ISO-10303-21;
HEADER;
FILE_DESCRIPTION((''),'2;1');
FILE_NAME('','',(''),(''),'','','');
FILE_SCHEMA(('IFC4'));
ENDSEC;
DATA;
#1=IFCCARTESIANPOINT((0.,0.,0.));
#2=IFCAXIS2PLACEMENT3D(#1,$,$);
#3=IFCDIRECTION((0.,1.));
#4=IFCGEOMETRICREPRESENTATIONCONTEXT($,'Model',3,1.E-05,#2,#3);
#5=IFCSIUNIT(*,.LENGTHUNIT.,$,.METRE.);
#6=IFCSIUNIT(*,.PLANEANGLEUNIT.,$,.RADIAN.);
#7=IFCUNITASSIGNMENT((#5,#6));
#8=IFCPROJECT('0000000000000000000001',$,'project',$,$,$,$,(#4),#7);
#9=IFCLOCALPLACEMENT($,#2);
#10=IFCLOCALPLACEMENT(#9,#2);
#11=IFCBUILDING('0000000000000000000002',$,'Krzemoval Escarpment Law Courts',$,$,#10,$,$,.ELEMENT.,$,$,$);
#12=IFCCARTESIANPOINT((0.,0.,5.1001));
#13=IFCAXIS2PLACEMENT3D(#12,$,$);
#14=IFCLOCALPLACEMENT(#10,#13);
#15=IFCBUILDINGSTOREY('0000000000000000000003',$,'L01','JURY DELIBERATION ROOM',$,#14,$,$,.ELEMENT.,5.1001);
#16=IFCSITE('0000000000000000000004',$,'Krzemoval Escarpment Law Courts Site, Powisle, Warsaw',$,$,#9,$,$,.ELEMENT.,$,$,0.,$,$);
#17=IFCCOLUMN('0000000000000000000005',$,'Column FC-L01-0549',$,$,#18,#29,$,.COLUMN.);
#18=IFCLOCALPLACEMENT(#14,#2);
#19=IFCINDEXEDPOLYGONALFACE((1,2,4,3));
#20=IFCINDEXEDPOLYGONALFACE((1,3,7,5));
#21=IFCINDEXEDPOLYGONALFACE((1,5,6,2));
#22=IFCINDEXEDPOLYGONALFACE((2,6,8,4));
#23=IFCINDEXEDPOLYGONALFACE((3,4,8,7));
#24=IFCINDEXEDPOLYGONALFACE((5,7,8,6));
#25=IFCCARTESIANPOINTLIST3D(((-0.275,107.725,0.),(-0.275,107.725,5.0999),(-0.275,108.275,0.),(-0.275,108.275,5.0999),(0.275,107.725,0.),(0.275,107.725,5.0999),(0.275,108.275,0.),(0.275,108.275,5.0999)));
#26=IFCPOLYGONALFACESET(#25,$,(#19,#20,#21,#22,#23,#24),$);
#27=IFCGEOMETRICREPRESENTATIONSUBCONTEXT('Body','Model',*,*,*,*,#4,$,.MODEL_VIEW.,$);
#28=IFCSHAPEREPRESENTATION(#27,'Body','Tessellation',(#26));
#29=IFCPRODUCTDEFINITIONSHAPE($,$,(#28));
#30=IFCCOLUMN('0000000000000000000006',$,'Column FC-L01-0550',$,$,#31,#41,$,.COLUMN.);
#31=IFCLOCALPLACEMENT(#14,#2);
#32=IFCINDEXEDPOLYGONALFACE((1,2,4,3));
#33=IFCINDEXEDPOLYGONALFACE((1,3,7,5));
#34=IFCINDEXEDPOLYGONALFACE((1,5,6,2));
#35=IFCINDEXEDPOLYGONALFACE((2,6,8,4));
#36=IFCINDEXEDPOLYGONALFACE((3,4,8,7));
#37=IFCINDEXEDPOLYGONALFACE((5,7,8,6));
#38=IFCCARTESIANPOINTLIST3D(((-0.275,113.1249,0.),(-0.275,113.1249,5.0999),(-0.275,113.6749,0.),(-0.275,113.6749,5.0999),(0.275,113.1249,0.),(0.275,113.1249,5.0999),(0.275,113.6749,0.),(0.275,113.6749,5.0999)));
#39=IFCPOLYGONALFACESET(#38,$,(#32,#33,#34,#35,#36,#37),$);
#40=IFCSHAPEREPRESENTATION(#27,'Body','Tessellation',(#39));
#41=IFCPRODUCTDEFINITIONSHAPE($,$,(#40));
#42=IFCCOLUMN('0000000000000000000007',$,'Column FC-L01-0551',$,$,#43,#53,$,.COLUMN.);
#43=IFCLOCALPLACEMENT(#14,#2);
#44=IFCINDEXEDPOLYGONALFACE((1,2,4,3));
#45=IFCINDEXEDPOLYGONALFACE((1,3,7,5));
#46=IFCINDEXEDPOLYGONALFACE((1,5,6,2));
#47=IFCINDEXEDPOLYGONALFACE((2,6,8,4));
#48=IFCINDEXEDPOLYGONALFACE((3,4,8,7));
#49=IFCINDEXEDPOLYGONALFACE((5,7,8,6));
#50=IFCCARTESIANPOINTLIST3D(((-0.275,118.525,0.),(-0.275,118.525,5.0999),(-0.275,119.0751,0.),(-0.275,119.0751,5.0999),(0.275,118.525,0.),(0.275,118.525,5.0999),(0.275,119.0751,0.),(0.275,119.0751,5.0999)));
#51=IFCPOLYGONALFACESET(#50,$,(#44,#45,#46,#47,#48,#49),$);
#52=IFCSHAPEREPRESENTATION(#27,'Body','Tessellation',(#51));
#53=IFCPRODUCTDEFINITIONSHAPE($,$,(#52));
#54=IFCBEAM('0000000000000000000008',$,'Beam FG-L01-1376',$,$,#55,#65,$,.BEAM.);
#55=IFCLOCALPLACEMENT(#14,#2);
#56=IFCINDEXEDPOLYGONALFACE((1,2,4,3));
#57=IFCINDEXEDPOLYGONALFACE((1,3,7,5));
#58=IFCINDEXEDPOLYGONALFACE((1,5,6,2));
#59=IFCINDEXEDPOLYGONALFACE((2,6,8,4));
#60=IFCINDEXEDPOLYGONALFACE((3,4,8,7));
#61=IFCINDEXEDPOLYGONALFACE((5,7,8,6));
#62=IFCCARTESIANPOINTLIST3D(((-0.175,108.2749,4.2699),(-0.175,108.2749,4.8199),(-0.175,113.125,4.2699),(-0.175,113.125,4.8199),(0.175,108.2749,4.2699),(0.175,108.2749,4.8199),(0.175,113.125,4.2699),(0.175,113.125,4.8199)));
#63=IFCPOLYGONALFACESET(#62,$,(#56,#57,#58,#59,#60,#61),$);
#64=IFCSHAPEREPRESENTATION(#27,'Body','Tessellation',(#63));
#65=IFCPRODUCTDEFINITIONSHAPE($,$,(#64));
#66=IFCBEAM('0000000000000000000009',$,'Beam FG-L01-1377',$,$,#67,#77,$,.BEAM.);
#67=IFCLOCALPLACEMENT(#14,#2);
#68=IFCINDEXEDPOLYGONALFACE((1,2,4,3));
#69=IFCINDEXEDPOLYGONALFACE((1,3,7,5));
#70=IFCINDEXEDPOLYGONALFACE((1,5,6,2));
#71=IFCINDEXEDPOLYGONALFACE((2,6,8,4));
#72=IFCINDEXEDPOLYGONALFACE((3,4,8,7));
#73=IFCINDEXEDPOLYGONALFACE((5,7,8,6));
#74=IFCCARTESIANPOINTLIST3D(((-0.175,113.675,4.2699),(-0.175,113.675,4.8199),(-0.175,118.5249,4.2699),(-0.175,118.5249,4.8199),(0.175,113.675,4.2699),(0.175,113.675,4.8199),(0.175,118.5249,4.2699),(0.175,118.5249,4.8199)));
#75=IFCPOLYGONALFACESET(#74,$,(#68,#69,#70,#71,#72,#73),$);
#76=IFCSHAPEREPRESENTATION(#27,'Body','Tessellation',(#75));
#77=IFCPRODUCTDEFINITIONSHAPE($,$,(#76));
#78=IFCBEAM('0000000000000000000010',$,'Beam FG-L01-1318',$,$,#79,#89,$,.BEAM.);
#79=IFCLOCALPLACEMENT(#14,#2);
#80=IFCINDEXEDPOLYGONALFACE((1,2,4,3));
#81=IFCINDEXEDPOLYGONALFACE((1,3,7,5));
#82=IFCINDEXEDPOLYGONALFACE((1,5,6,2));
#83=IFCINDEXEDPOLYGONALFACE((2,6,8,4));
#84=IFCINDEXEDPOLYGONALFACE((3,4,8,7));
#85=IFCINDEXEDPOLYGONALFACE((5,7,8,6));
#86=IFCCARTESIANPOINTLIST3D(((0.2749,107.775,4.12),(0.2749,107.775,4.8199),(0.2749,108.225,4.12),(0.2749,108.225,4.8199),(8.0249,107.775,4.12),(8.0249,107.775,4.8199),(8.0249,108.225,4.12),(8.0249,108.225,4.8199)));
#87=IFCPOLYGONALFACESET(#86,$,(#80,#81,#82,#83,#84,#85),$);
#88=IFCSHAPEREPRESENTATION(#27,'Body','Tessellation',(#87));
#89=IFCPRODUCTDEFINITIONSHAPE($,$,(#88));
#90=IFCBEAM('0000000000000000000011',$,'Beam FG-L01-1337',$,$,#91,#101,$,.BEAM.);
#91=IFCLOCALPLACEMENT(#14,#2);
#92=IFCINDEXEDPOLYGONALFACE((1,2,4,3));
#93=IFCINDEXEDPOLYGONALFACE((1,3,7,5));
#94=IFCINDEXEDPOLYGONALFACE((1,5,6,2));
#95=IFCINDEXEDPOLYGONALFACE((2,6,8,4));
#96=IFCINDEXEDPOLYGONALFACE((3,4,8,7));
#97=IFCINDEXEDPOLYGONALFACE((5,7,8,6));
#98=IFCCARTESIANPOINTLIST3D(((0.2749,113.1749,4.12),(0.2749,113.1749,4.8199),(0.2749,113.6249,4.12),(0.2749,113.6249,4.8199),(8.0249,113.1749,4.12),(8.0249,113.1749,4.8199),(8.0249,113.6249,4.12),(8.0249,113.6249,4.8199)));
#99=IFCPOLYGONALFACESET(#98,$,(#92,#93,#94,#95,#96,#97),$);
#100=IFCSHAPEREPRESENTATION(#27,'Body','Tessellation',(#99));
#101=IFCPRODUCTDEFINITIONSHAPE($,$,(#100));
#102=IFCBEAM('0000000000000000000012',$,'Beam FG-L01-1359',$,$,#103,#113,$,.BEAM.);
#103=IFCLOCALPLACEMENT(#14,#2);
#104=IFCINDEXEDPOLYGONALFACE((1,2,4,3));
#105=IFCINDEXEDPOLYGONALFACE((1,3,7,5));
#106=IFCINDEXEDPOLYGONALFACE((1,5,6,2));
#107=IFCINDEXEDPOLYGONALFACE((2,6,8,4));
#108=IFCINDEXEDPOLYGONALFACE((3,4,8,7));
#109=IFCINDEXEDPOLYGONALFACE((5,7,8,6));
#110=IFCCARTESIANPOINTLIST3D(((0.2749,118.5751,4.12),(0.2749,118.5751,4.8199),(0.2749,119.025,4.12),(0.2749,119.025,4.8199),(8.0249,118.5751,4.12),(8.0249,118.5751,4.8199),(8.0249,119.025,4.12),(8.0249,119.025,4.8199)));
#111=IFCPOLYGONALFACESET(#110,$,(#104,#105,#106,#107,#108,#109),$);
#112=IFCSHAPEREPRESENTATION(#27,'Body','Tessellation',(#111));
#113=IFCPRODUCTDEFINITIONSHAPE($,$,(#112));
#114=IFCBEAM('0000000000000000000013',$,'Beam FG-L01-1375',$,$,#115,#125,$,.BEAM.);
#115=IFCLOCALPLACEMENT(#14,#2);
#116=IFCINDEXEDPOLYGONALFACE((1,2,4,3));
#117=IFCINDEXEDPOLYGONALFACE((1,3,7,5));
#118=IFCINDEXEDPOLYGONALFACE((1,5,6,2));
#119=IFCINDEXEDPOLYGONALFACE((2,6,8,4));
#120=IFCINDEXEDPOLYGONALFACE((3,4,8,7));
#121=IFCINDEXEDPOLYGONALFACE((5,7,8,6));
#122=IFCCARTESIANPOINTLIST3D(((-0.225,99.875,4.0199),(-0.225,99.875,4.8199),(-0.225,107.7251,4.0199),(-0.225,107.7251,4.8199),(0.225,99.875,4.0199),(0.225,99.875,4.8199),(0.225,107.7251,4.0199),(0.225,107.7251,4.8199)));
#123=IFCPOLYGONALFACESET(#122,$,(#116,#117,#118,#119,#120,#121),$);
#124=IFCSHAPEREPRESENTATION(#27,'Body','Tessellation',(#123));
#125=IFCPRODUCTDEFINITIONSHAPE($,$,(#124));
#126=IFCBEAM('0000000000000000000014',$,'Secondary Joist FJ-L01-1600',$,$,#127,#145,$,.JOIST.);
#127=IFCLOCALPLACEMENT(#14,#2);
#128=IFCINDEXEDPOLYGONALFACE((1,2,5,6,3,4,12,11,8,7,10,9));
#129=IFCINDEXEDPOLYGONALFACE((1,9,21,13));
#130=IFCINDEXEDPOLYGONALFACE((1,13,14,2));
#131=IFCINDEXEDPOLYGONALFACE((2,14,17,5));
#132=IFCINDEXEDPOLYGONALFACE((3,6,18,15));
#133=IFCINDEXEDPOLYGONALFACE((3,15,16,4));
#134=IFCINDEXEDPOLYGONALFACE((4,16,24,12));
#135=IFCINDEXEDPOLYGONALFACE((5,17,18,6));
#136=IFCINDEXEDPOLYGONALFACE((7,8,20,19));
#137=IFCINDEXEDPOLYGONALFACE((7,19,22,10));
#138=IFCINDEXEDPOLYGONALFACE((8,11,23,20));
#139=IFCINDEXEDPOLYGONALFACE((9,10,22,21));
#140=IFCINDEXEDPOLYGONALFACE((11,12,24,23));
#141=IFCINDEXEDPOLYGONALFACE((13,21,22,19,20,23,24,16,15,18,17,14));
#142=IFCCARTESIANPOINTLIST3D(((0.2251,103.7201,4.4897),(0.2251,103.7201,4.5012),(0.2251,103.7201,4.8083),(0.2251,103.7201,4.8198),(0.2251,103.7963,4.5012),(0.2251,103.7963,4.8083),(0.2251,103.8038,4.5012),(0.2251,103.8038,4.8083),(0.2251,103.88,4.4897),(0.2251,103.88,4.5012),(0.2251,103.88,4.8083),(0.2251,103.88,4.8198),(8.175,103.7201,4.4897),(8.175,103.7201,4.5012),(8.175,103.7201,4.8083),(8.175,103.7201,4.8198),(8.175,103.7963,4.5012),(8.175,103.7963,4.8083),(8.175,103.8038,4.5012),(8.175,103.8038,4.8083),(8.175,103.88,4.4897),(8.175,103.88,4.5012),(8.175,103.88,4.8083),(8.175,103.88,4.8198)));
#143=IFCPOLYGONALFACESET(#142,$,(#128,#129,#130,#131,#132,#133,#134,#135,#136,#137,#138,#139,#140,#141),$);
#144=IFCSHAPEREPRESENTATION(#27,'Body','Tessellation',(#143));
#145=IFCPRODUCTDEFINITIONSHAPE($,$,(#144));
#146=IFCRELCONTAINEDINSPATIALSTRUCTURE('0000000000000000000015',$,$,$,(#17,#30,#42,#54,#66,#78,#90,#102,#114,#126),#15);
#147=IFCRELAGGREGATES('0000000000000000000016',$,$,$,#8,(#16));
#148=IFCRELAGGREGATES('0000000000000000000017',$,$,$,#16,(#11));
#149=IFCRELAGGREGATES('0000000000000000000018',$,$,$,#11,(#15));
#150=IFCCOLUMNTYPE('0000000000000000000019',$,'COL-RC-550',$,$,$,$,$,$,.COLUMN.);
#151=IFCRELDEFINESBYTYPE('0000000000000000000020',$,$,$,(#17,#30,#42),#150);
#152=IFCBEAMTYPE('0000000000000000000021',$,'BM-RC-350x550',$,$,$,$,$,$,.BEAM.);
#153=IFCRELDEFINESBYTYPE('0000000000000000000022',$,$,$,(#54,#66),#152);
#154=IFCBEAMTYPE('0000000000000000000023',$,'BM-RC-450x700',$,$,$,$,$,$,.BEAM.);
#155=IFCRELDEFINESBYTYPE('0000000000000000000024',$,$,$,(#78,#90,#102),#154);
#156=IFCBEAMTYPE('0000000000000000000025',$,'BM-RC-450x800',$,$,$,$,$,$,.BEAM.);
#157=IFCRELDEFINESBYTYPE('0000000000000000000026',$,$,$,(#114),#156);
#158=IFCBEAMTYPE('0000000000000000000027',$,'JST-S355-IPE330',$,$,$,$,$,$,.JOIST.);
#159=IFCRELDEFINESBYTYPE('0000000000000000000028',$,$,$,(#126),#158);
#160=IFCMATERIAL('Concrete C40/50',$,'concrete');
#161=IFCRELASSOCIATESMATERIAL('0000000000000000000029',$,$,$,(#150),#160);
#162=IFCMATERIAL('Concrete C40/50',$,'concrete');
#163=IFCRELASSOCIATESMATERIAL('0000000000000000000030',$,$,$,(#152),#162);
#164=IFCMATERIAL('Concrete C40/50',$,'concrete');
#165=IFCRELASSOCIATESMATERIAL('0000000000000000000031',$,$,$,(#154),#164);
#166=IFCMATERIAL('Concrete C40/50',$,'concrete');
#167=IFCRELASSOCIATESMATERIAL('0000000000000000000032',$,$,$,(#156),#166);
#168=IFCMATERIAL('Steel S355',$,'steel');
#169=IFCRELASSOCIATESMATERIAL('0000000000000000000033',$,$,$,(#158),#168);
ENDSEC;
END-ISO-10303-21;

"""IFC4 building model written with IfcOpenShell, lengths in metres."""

from ifc_helpers import new_model, si_unit, direction, frame, origin, origin_2d, place, context, subcontext, project, spatial, rectangle, i_section, extrude, material, material_profile, profile_set, type_object, element, save


model = new_model("IFC4")

# Units and contexts
model_context = context("Model", 3, precision=1e-05, world=origin(), true_north=direction((0.0, 1.0)))
body_context = subcontext(model_context, "Body", "Model", "MODEL_VIEW")
ifc_project = project(units=[si_unit("LENGTHUNIT", "METRE"), si_unit("PLANEANGLEUNIT", "RADIAN")], contexts=[model_context])

# Site, building, storey
site_placement = place(None, origin())
site = spatial("IfcSite", under=ifc_project, at=site_placement, Name="Krzemoval Escarpment Law Courts Site, Powisle, Warsaw", CompositionType="ELEMENT", RefElevation=0.0)
building_placement = place(site_placement, origin())
building = spatial("IfcBuilding", under=site, at=building_placement, Name="Krzemoval Escarpment Law Courts", CompositionType="ELEMENT")
storey_placement = place(building_placement, frame((0.0, 0.0, 5.1001)))
storey = spatial("IfcBuildingStorey", under=building, at=storey_placement, Name="L01", Description="JURY DELIBERATION ROOM", CompositionType="ELEMENT", Elevation=5.1001)

# Columns
ifc_material_1 = material(Name="Concrete C40/50", Category="concrete")
ifc_material_profile_1 = material_profile(ifc_material_1, rectangle(XDim=0.55, YDim=0.55, at=origin_2d()), Name="RC 550x550")
ifc_profile_set_1 = profile_set([ifc_material_profile_1], Name="Concrete C40/50")
column_type = type_object("IfcColumnType", Name="COL-RC-550", PredefinedType="COLUMN", material=ifc_profile_set_1)
for number, where, z_axis, x_axis, name in (
    (1, (0.0, 108.0, 0.0), (0.0, 0.0, 1.0), (1.0, 0.0, 0.0), "Column FC-L01-0549"),
    (2, (0.0, 113.3999, 0.0), (0.0, 0.0, 1.0), (1.0, 0.0, 0.0), "Column FC-L01-0550"),
    (3, (0.0, 118.8, 0.0), (0.0, 0.0, 1.0), (1.0, 0.0, 0.0), "Column FC-L01-0551"),
):
    element("IfcColumn", number, at=place(storey_placement, frame(where, z_axis=z_axis, x_axis=x_axis)), inside=storey, type_object=column_type, Name=name, PredefinedType="COLUMN", context=body_context, shape_type="SweptSolid", body=[
        extrude(rectangle(XDim=0.55, YDim=0.55, at=origin_2d()), origin(), (0.0, 0.0, 1.0), 5.0999),
    ])

# Beams
ifc_material_2 = material(Name="Concrete C40/50", Category="concrete")
ifc_material_profile_2 = material_profile(ifc_material_2, rectangle(XDim=0.3501, YDim=0.55, at=origin_2d()), Name="RCB 350x550")
ifc_profile_set_2 = profile_set([ifc_material_profile_2], Name="Concrete C40/50")
beam_type_1 = type_object("IfcBeamType", Name="BM-RC-350x550", PredefinedType="BEAM", material=ifc_profile_set_2)
beam_1_placement = place(storey_placement, frame((0.0, 108.2749, 4.5449), z_axis=(0.0, 1.0, 0.0), x_axis=(-1.0, 0.0, 0.0)))
element("IfcBeam", 4, at=beam_1_placement, inside=storey, type_object=beam_type_1, Name="Beam FG-L01-1376", PredefinedType="BEAM", context=body_context, shape_type="SweptSolid", body=[
    extrude(rectangle(XDim=0.3501, YDim=0.55, at=origin_2d()), origin(), (0.0, 0.0, 1.0), 4.8501),
])
beam_2_placement = place(storey_placement, frame((0.0, 113.675, 4.5449), z_axis=(0.0, 1.0, 0.0), x_axis=(-1.0, 0.0, 0.0)))
element("IfcBeam", 5, at=beam_2_placement, inside=storey, type_object=beam_type_1, Name="Beam FG-L01-1377", PredefinedType="BEAM", context=body_context, shape_type="SweptSolid", body=[
    extrude(rectangle(XDim=0.3501, YDim=0.55, at=origin_2d()), origin(), (0.0, 0.0, 1.0), 4.8499),
])
ifc_material_3 = material(Name="Concrete C40/50", Category="concrete")
ifc_material_profile_3 = material_profile(ifc_material_3, rectangle(XDim=0.45, YDim=0.7, at=origin_2d()), Name="RCB 450x700")
ifc_profile_set_3 = profile_set([ifc_material_profile_3], Name="Concrete C40/50")
beam_type_2 = type_object("IfcBeamType", Name="BM-RC-450x700", PredefinedType="BEAM", material=ifc_profile_set_3)
for number, where, z_axis, x_axis, name in (
    (6, (0.2749, 108.0, 4.47), (1.0, 0.0, 0.0), (0.0, 1.0, 0.0), "Beam FG-L01-1318"),
    (7, (0.2749, 113.3999, 4.47), (1.0, 0.0, 0.0), (0.0, 1.0, 0.0), "Beam FG-L01-1337"),
    (8, (0.2749, 118.8, 4.47), (1.0, 0.0, 0.0), (0.0, 1.0, 0.0), "Beam FG-L01-1359"),
):
    element("IfcBeam", number, at=place(storey_placement, frame(where, z_axis=z_axis, x_axis=x_axis)), inside=storey, type_object=beam_type_2, Name=name, PredefinedType="BEAM", context=body_context, shape_type="SweptSolid", body=[
        extrude(rectangle(XDim=0.45, YDim=0.7, at=origin_2d()), origin(), (0.0, 0.0, 1.0), 7.75),
    ])
ifc_material_4 = material(Name="Concrete C40/50", Category="concrete")
ifc_material_profile_4 = material_profile(ifc_material_4, rectangle(XDim=0.45, YDim=0.8, at=origin_2d()), Name="RCB 450x800")
ifc_profile_set_4 = profile_set([ifc_material_profile_4], Name="Concrete C40/50")
beam_type_3 = type_object("IfcBeamType", Name="BM-RC-450x800", PredefinedType="BEAM", material=ifc_profile_set_4)
beam_3_placement = place(storey_placement, frame((0.0, 99.875, 4.4199), z_axis=(0.0, 1.0, 0.0), x_axis=(-1.0, 0.0, 0.0)))
element("IfcBeam", 9, at=beam_3_placement, inside=storey, type_object=beam_type_3, Name="Beam FG-L01-1375", PredefinedType="BEAM", context=body_context, shape_type="SweptSolid", body=[
    extrude(rectangle(XDim=0.45, YDim=0.8, at=origin_2d()), origin(), (0.0, 0.0, 1.0), 7.8501),
])
ifc_material_5 = material(Name="Steel S355", Category="steel")
ifc_material_profile_5 = material_profile(ifc_material_5, i_section(OverallWidth=0.1599, OverallDepth=0.3301, WebThickness=0.0076, FlangeThickness=0.0115, at=origin_2d()), Name="IPE 330")
ifc_profile_set_5 = profile_set([ifc_material_profile_5], Name="Steel S355")
beam_type_4 = type_object("IfcBeamType", Name="JST-S355-IPE330", PredefinedType="JOIST", material=ifc_profile_set_5)
beam_4_placement = place(storey_placement, frame((0.2251, 103.8, 4.6548), z_axis=(1.0, 0.0, 0.0), x_axis=(0.0, 1.0, 0.0)))
element("IfcBeam", 10, at=beam_4_placement, inside=storey, type_object=beam_type_4, Name="Secondary Joist FJ-L01-1600", PredefinedType="JOIST", context=body_context, shape_type="SweptSolid", body=[
    extrude(i_section(OverallWidth=0.1599, OverallDepth=0.3301, WebThickness=0.0076, FlangeThickness=0.0115, at=origin_2d()), origin(), (0.0, 0.0, 1.0), 7.95),
])

save(model, "model.ifc")
